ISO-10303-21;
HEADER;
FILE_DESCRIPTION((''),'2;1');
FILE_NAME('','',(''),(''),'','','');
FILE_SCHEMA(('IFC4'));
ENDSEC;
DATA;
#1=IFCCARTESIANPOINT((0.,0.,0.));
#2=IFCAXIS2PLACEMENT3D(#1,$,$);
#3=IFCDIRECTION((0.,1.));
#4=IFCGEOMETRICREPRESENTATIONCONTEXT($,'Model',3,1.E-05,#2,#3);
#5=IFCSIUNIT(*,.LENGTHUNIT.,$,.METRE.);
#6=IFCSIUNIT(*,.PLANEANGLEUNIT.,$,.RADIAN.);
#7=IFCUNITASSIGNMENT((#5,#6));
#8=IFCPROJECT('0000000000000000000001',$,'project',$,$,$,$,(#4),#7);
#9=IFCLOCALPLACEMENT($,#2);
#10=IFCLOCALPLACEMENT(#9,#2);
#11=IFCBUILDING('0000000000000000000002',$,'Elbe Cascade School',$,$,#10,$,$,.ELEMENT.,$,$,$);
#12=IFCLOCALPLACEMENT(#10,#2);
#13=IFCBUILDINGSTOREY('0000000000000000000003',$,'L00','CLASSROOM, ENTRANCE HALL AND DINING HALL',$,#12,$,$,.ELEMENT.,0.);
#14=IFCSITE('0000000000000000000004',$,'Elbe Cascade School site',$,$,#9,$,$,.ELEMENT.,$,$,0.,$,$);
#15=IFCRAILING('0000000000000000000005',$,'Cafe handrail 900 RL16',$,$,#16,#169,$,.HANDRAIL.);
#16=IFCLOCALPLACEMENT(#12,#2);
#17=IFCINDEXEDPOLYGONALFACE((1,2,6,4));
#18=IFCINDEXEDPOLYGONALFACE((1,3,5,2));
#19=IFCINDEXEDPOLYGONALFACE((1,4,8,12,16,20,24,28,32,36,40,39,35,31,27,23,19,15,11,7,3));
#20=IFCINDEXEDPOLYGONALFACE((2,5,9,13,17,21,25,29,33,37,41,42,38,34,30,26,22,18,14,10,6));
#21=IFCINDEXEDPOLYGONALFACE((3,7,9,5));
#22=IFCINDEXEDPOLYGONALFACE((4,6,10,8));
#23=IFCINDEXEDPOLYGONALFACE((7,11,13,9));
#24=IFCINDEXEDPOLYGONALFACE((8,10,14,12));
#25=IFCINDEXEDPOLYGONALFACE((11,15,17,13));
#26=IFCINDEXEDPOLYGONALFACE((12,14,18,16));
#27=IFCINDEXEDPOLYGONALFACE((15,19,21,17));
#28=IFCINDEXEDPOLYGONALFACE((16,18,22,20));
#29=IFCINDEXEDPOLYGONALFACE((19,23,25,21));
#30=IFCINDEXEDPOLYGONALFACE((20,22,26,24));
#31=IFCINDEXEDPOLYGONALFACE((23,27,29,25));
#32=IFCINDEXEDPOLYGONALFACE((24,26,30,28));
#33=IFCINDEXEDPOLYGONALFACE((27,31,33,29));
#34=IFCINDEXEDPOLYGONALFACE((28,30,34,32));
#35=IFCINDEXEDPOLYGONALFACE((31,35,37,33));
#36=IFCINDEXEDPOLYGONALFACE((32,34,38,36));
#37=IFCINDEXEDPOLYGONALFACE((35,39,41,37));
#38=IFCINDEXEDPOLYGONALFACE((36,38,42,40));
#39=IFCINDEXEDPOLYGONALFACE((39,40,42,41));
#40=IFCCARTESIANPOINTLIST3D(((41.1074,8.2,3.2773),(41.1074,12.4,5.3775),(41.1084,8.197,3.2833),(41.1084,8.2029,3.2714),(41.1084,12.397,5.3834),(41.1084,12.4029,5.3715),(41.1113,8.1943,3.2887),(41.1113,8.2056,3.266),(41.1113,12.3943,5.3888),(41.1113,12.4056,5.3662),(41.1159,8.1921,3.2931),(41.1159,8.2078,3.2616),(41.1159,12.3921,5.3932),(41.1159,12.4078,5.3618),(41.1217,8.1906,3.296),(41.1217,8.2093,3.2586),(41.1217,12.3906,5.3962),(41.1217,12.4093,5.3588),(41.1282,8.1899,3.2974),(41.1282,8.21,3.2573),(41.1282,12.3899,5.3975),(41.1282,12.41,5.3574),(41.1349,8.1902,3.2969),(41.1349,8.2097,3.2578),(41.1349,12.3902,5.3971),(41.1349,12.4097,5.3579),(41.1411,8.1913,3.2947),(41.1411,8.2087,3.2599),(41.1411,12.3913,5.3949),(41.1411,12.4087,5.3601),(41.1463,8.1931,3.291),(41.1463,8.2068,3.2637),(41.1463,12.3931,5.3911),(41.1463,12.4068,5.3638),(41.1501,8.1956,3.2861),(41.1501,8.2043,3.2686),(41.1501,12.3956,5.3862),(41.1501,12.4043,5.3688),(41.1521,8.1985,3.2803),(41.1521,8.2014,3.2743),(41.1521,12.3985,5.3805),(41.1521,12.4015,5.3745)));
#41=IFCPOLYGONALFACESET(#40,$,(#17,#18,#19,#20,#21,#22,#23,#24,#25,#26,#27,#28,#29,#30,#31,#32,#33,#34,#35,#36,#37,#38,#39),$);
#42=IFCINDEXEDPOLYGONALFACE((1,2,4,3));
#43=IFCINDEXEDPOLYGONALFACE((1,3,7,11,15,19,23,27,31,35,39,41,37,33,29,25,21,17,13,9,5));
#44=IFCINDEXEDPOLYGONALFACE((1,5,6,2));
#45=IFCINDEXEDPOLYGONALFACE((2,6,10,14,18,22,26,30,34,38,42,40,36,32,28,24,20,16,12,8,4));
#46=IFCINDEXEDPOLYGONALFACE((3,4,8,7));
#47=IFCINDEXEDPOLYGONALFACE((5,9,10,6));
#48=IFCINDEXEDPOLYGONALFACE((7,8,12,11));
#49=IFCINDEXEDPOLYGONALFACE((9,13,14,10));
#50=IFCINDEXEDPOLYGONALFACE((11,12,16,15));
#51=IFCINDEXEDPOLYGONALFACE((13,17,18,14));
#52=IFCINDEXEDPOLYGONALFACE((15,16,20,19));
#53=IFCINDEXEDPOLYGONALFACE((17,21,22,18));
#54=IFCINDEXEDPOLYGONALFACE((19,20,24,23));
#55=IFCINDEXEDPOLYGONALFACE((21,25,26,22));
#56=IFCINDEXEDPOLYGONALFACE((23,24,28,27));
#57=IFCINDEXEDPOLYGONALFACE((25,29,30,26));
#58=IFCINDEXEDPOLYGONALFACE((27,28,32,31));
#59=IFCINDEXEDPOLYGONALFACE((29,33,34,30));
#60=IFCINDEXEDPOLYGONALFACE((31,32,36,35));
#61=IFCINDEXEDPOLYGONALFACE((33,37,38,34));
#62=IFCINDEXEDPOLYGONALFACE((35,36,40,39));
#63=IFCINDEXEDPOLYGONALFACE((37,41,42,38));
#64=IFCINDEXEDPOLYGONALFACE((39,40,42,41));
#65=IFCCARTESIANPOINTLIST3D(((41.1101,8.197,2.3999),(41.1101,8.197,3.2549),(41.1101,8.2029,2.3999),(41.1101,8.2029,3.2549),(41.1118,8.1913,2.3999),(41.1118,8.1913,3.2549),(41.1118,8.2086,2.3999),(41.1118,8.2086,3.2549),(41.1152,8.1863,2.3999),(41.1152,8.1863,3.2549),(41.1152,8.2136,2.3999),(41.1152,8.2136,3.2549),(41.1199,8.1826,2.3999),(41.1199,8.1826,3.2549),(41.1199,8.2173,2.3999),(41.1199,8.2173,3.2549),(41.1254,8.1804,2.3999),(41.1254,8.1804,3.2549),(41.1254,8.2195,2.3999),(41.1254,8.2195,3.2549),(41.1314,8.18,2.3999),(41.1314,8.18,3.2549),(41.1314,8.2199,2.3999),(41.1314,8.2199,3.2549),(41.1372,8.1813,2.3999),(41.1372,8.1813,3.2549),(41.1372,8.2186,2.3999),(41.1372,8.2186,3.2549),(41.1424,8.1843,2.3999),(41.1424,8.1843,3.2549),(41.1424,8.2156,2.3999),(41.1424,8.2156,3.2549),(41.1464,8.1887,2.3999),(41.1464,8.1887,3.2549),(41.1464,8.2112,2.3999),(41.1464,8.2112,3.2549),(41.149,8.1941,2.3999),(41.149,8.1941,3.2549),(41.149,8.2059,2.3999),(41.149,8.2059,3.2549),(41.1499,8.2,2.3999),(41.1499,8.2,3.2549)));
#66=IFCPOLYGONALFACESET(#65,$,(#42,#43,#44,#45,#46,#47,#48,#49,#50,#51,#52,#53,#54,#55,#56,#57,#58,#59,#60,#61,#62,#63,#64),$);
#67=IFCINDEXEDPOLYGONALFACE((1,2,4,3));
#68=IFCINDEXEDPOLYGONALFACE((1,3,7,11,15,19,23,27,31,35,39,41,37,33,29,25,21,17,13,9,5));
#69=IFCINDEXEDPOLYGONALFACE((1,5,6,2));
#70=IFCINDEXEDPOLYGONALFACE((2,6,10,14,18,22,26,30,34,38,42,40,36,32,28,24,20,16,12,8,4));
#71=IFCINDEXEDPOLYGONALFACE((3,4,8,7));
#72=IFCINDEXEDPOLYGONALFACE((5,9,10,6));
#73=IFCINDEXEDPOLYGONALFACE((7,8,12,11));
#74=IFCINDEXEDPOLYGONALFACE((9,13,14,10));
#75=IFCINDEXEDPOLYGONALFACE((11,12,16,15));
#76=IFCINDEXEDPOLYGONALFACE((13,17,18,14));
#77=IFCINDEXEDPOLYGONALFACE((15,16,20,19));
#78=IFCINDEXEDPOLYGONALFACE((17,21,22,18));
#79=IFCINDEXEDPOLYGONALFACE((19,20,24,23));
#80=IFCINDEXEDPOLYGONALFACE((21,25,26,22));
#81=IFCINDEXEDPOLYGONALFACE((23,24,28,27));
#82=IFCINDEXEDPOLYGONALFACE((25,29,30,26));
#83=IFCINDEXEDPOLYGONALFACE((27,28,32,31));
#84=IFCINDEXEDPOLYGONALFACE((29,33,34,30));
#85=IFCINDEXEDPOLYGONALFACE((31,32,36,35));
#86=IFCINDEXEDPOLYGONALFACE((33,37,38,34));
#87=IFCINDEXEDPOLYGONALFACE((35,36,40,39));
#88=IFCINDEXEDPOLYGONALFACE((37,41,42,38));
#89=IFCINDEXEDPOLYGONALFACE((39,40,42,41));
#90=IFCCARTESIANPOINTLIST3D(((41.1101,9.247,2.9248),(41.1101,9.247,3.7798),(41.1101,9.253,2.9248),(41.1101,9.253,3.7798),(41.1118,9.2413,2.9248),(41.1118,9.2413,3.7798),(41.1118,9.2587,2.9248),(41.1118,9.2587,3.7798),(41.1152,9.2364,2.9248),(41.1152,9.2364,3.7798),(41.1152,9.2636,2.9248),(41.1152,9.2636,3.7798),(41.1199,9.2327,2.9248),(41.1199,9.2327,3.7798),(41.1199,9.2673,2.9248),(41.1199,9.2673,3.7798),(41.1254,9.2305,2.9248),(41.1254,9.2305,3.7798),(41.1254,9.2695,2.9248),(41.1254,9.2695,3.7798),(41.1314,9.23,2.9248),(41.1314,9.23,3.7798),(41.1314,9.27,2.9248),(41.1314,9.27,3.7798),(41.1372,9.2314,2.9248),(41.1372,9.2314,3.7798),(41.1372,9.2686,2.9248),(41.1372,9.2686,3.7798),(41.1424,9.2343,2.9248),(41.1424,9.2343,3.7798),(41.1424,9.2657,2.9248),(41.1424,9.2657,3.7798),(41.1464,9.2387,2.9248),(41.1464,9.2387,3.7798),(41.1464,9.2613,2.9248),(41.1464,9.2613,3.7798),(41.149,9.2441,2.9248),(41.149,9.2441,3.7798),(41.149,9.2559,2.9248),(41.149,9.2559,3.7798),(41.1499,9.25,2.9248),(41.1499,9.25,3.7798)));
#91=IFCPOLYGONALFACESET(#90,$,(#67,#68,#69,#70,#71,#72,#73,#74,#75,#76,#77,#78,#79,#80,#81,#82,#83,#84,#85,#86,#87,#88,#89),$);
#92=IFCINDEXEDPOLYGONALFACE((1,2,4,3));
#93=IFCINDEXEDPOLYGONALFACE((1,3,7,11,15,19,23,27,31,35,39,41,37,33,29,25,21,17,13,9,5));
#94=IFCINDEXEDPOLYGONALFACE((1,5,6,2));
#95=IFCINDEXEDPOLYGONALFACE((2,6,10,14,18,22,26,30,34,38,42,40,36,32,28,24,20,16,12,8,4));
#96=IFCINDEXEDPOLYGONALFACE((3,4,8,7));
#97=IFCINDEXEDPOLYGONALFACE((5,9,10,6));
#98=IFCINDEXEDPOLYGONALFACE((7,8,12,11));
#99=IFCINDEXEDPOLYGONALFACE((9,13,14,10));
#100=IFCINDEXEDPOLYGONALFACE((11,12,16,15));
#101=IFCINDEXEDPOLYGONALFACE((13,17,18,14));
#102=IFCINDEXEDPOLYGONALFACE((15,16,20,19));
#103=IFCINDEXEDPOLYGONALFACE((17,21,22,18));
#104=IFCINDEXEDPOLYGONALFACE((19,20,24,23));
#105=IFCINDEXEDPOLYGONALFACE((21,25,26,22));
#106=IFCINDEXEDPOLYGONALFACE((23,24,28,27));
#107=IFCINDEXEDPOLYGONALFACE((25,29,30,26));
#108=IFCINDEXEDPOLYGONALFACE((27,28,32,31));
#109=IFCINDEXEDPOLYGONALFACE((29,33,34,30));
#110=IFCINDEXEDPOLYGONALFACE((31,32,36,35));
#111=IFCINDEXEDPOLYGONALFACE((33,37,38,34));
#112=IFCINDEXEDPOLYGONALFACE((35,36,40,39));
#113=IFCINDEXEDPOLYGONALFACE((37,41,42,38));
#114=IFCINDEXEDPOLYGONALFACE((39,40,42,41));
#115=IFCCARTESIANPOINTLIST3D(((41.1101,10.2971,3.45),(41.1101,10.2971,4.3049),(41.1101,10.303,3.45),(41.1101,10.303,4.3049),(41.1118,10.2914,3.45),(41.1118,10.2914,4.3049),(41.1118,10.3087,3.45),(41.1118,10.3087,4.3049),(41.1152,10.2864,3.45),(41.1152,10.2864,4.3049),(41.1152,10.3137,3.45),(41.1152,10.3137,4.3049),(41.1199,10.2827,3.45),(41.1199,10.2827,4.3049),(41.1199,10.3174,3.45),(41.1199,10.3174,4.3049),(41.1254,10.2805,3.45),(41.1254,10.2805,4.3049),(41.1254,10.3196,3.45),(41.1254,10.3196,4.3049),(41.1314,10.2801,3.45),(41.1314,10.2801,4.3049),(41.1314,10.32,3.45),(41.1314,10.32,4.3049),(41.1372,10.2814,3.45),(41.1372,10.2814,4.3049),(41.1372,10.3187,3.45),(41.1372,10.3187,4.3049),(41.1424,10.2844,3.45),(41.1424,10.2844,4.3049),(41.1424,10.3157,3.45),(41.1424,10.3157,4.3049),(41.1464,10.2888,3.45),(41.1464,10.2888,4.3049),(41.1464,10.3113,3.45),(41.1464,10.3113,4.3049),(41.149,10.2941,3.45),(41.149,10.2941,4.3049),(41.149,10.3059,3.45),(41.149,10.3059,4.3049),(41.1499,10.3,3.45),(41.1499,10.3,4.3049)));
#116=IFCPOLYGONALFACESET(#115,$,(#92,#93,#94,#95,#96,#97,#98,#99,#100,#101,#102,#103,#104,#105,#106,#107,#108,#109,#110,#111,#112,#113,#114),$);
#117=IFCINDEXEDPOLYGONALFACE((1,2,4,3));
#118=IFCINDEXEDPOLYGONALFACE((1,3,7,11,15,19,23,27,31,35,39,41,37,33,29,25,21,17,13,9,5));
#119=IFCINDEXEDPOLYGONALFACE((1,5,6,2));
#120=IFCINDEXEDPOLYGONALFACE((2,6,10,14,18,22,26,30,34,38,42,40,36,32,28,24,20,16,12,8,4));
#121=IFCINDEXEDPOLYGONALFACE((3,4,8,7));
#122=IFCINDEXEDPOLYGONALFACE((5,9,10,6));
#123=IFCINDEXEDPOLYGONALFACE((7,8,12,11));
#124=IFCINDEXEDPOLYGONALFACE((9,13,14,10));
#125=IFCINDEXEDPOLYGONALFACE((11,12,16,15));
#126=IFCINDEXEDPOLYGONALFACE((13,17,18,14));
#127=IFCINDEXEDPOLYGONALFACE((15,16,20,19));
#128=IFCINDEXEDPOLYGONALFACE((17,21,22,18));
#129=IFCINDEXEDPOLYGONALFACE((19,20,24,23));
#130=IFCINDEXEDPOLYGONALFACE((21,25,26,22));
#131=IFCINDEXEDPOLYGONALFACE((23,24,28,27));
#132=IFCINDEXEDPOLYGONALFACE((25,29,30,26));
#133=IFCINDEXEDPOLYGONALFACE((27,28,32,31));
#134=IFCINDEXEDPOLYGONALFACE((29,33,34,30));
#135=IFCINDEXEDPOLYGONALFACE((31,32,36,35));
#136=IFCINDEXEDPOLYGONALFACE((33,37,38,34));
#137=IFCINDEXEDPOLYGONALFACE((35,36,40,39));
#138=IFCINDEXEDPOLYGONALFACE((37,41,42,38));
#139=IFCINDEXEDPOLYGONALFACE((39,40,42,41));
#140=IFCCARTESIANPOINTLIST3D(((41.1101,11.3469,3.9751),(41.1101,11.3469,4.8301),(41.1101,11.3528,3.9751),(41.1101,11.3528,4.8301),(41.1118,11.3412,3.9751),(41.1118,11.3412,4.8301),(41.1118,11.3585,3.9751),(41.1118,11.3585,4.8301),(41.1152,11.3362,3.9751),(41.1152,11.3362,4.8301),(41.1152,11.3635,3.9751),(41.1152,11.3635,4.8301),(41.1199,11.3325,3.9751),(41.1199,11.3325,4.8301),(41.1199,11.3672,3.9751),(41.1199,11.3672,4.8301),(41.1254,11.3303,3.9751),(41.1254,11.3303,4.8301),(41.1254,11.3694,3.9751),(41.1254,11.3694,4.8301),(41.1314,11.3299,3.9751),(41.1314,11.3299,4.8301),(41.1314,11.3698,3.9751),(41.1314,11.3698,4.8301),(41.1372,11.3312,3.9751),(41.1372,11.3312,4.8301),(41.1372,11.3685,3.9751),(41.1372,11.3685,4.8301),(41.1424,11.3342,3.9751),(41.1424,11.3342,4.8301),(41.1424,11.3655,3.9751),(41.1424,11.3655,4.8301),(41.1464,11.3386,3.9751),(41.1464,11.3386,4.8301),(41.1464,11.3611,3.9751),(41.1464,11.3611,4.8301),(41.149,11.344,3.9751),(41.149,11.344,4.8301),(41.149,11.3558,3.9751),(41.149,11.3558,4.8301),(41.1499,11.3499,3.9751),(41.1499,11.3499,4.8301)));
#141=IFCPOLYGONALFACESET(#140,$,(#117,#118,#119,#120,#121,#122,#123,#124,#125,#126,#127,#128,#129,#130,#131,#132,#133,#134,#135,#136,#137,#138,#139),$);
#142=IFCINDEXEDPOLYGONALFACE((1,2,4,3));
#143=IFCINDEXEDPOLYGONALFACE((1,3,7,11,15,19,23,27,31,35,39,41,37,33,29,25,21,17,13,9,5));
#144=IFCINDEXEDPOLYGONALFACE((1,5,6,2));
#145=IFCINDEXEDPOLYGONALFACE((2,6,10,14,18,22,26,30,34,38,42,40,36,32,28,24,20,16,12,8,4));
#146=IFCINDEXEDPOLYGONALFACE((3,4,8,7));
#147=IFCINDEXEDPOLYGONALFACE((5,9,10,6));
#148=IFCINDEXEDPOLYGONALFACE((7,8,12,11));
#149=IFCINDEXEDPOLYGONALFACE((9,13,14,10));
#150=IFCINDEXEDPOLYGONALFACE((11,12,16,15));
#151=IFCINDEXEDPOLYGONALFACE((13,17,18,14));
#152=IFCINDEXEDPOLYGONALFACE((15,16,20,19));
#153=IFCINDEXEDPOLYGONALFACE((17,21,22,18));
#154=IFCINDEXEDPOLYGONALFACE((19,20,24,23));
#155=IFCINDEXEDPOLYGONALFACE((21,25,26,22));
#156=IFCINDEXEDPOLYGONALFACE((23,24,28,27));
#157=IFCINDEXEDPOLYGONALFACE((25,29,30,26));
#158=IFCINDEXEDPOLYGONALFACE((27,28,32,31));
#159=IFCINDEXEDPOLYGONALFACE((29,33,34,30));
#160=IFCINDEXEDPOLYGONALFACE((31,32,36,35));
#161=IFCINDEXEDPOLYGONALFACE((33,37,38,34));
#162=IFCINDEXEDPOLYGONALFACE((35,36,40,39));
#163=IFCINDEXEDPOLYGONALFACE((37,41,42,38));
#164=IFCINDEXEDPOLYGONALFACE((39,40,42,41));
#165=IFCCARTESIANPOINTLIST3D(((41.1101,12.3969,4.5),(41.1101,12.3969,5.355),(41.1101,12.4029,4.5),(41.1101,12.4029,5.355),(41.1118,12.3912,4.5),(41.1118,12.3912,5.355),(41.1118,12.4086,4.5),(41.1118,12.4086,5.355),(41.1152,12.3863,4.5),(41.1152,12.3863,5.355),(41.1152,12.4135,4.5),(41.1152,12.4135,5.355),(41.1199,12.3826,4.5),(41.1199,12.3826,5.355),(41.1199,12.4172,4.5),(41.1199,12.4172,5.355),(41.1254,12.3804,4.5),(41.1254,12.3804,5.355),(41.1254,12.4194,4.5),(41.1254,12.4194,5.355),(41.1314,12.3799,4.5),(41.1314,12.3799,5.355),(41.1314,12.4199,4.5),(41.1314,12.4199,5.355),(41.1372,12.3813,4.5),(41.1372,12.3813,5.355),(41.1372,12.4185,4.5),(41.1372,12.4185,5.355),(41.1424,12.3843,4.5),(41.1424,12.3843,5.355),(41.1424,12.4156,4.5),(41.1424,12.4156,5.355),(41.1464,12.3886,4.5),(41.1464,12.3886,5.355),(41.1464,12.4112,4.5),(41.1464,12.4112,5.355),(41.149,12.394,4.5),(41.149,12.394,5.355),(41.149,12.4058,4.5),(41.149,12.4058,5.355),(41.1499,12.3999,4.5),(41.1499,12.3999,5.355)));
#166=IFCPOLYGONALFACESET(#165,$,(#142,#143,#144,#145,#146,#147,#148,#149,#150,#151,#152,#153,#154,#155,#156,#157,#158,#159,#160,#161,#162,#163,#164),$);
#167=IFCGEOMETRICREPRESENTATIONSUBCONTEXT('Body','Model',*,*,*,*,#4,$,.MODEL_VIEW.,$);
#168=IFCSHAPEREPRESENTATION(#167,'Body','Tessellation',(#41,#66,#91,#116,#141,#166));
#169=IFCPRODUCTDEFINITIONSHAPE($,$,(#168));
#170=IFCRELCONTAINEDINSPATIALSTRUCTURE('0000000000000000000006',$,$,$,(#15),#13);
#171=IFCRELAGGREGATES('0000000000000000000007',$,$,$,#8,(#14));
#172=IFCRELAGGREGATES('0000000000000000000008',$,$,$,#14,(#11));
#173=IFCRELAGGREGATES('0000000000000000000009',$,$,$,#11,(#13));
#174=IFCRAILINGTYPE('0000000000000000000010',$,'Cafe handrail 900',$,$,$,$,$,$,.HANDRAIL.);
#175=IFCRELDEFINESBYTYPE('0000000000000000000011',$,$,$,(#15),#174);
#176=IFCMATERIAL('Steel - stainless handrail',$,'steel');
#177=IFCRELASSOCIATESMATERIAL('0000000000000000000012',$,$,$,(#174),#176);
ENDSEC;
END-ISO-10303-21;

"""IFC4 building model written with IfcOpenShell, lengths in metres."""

from ifc_helpers import new_model, si_unit, direction, frame, origin, origin_2d, place, context, subcontext, project, spatial, circle, extrude, material, type_object, element, save


model = new_model("IFC4")

# Units and contexts
model_context = context("Model", 3, precision=1e-05, world=origin(), true_north=direction((0.0, 1.0)))
body_context = subcontext(model_context, "Body", "Model", "MODEL_VIEW")
ifc_project = project(units=[si_unit("LENGTHUNIT", "METRE"), si_unit("PLANEANGLEUNIT", "RADIAN")], contexts=[model_context])

# Site, building, storey
site_placement = place(None, origin())
site = spatial("IfcSite", under=ifc_project, at=site_placement, Name="Elbe Cascade School site", CompositionType="ELEMENT", RefElevation=0.0)
building_placement = place(site_placement, origin())
building = spatial("IfcBuilding", under=site, at=building_placement, Name="Elbe Cascade School", CompositionType="ELEMENT")
storey_placement = place(building_placement, origin())
storey = spatial("IfcBuildingStorey", under=building, at=storey_placement, Name="L00", Description="CLASSROOM, ENTRANCE HALL AND DINING HALL", CompositionType="ELEMENT", Elevation=0.0)

# Railing
ifc_material_1 = material(Name="Steel - stainless handrail", Category="steel")
railing_type_1 = type_object("IfcRailingType", Name="Cafe handrail 900", PredefinedType="HANDRAIL", material=ifc_material_1)
railing_1_placement = place(storey_placement, frame((41.1299, 8.2, 2.3999)))
element("IfcRailing", 1, at=railing_1_placement, inside=storey, type_object=railing_type_1, Name="Cafe handrail 900 RL16", PredefinedType="HANDRAIL", context=body_context, shape_type="SweptSolid", body=[
    extrude(circle(Radius=0.0225, at=origin_2d()), frame((0.0, 0.0, 0.8774), z_axis=(0.0, 0.894417, 0.447234), x_axis=(-1.0, 0.0, 0.0)), (0.0, 0.0, 1.0), 4.6958),
    extrude(circle(Radius=0.02, at=origin_2d()), origin(), (0.0, 0.0, 1.0), 0.855),
    extrude(circle(Radius=0.02, at=origin_2d()), frame((0.0, 1.05, 0.5249)), (0.0, 0.0, 1.0), 0.855),
    extrude(circle(Radius=0.02, at=origin_2d()), frame((0.0, 2.1001, 1.05)), (0.0, 0.0, 1.0), 0.855),
    extrude(circle(Radius=0.02, at=origin_2d()), frame((0.0, 3.1499, 1.5752)), (0.0, 0.0, 1.0), 0.855),
    extrude(circle(Radius=0.02, at=origin_2d()), frame((0.0, 4.2, 2.1001)), (0.0, 0.0, 1.0), 0.855),
])

save(model, "model.ifc")
